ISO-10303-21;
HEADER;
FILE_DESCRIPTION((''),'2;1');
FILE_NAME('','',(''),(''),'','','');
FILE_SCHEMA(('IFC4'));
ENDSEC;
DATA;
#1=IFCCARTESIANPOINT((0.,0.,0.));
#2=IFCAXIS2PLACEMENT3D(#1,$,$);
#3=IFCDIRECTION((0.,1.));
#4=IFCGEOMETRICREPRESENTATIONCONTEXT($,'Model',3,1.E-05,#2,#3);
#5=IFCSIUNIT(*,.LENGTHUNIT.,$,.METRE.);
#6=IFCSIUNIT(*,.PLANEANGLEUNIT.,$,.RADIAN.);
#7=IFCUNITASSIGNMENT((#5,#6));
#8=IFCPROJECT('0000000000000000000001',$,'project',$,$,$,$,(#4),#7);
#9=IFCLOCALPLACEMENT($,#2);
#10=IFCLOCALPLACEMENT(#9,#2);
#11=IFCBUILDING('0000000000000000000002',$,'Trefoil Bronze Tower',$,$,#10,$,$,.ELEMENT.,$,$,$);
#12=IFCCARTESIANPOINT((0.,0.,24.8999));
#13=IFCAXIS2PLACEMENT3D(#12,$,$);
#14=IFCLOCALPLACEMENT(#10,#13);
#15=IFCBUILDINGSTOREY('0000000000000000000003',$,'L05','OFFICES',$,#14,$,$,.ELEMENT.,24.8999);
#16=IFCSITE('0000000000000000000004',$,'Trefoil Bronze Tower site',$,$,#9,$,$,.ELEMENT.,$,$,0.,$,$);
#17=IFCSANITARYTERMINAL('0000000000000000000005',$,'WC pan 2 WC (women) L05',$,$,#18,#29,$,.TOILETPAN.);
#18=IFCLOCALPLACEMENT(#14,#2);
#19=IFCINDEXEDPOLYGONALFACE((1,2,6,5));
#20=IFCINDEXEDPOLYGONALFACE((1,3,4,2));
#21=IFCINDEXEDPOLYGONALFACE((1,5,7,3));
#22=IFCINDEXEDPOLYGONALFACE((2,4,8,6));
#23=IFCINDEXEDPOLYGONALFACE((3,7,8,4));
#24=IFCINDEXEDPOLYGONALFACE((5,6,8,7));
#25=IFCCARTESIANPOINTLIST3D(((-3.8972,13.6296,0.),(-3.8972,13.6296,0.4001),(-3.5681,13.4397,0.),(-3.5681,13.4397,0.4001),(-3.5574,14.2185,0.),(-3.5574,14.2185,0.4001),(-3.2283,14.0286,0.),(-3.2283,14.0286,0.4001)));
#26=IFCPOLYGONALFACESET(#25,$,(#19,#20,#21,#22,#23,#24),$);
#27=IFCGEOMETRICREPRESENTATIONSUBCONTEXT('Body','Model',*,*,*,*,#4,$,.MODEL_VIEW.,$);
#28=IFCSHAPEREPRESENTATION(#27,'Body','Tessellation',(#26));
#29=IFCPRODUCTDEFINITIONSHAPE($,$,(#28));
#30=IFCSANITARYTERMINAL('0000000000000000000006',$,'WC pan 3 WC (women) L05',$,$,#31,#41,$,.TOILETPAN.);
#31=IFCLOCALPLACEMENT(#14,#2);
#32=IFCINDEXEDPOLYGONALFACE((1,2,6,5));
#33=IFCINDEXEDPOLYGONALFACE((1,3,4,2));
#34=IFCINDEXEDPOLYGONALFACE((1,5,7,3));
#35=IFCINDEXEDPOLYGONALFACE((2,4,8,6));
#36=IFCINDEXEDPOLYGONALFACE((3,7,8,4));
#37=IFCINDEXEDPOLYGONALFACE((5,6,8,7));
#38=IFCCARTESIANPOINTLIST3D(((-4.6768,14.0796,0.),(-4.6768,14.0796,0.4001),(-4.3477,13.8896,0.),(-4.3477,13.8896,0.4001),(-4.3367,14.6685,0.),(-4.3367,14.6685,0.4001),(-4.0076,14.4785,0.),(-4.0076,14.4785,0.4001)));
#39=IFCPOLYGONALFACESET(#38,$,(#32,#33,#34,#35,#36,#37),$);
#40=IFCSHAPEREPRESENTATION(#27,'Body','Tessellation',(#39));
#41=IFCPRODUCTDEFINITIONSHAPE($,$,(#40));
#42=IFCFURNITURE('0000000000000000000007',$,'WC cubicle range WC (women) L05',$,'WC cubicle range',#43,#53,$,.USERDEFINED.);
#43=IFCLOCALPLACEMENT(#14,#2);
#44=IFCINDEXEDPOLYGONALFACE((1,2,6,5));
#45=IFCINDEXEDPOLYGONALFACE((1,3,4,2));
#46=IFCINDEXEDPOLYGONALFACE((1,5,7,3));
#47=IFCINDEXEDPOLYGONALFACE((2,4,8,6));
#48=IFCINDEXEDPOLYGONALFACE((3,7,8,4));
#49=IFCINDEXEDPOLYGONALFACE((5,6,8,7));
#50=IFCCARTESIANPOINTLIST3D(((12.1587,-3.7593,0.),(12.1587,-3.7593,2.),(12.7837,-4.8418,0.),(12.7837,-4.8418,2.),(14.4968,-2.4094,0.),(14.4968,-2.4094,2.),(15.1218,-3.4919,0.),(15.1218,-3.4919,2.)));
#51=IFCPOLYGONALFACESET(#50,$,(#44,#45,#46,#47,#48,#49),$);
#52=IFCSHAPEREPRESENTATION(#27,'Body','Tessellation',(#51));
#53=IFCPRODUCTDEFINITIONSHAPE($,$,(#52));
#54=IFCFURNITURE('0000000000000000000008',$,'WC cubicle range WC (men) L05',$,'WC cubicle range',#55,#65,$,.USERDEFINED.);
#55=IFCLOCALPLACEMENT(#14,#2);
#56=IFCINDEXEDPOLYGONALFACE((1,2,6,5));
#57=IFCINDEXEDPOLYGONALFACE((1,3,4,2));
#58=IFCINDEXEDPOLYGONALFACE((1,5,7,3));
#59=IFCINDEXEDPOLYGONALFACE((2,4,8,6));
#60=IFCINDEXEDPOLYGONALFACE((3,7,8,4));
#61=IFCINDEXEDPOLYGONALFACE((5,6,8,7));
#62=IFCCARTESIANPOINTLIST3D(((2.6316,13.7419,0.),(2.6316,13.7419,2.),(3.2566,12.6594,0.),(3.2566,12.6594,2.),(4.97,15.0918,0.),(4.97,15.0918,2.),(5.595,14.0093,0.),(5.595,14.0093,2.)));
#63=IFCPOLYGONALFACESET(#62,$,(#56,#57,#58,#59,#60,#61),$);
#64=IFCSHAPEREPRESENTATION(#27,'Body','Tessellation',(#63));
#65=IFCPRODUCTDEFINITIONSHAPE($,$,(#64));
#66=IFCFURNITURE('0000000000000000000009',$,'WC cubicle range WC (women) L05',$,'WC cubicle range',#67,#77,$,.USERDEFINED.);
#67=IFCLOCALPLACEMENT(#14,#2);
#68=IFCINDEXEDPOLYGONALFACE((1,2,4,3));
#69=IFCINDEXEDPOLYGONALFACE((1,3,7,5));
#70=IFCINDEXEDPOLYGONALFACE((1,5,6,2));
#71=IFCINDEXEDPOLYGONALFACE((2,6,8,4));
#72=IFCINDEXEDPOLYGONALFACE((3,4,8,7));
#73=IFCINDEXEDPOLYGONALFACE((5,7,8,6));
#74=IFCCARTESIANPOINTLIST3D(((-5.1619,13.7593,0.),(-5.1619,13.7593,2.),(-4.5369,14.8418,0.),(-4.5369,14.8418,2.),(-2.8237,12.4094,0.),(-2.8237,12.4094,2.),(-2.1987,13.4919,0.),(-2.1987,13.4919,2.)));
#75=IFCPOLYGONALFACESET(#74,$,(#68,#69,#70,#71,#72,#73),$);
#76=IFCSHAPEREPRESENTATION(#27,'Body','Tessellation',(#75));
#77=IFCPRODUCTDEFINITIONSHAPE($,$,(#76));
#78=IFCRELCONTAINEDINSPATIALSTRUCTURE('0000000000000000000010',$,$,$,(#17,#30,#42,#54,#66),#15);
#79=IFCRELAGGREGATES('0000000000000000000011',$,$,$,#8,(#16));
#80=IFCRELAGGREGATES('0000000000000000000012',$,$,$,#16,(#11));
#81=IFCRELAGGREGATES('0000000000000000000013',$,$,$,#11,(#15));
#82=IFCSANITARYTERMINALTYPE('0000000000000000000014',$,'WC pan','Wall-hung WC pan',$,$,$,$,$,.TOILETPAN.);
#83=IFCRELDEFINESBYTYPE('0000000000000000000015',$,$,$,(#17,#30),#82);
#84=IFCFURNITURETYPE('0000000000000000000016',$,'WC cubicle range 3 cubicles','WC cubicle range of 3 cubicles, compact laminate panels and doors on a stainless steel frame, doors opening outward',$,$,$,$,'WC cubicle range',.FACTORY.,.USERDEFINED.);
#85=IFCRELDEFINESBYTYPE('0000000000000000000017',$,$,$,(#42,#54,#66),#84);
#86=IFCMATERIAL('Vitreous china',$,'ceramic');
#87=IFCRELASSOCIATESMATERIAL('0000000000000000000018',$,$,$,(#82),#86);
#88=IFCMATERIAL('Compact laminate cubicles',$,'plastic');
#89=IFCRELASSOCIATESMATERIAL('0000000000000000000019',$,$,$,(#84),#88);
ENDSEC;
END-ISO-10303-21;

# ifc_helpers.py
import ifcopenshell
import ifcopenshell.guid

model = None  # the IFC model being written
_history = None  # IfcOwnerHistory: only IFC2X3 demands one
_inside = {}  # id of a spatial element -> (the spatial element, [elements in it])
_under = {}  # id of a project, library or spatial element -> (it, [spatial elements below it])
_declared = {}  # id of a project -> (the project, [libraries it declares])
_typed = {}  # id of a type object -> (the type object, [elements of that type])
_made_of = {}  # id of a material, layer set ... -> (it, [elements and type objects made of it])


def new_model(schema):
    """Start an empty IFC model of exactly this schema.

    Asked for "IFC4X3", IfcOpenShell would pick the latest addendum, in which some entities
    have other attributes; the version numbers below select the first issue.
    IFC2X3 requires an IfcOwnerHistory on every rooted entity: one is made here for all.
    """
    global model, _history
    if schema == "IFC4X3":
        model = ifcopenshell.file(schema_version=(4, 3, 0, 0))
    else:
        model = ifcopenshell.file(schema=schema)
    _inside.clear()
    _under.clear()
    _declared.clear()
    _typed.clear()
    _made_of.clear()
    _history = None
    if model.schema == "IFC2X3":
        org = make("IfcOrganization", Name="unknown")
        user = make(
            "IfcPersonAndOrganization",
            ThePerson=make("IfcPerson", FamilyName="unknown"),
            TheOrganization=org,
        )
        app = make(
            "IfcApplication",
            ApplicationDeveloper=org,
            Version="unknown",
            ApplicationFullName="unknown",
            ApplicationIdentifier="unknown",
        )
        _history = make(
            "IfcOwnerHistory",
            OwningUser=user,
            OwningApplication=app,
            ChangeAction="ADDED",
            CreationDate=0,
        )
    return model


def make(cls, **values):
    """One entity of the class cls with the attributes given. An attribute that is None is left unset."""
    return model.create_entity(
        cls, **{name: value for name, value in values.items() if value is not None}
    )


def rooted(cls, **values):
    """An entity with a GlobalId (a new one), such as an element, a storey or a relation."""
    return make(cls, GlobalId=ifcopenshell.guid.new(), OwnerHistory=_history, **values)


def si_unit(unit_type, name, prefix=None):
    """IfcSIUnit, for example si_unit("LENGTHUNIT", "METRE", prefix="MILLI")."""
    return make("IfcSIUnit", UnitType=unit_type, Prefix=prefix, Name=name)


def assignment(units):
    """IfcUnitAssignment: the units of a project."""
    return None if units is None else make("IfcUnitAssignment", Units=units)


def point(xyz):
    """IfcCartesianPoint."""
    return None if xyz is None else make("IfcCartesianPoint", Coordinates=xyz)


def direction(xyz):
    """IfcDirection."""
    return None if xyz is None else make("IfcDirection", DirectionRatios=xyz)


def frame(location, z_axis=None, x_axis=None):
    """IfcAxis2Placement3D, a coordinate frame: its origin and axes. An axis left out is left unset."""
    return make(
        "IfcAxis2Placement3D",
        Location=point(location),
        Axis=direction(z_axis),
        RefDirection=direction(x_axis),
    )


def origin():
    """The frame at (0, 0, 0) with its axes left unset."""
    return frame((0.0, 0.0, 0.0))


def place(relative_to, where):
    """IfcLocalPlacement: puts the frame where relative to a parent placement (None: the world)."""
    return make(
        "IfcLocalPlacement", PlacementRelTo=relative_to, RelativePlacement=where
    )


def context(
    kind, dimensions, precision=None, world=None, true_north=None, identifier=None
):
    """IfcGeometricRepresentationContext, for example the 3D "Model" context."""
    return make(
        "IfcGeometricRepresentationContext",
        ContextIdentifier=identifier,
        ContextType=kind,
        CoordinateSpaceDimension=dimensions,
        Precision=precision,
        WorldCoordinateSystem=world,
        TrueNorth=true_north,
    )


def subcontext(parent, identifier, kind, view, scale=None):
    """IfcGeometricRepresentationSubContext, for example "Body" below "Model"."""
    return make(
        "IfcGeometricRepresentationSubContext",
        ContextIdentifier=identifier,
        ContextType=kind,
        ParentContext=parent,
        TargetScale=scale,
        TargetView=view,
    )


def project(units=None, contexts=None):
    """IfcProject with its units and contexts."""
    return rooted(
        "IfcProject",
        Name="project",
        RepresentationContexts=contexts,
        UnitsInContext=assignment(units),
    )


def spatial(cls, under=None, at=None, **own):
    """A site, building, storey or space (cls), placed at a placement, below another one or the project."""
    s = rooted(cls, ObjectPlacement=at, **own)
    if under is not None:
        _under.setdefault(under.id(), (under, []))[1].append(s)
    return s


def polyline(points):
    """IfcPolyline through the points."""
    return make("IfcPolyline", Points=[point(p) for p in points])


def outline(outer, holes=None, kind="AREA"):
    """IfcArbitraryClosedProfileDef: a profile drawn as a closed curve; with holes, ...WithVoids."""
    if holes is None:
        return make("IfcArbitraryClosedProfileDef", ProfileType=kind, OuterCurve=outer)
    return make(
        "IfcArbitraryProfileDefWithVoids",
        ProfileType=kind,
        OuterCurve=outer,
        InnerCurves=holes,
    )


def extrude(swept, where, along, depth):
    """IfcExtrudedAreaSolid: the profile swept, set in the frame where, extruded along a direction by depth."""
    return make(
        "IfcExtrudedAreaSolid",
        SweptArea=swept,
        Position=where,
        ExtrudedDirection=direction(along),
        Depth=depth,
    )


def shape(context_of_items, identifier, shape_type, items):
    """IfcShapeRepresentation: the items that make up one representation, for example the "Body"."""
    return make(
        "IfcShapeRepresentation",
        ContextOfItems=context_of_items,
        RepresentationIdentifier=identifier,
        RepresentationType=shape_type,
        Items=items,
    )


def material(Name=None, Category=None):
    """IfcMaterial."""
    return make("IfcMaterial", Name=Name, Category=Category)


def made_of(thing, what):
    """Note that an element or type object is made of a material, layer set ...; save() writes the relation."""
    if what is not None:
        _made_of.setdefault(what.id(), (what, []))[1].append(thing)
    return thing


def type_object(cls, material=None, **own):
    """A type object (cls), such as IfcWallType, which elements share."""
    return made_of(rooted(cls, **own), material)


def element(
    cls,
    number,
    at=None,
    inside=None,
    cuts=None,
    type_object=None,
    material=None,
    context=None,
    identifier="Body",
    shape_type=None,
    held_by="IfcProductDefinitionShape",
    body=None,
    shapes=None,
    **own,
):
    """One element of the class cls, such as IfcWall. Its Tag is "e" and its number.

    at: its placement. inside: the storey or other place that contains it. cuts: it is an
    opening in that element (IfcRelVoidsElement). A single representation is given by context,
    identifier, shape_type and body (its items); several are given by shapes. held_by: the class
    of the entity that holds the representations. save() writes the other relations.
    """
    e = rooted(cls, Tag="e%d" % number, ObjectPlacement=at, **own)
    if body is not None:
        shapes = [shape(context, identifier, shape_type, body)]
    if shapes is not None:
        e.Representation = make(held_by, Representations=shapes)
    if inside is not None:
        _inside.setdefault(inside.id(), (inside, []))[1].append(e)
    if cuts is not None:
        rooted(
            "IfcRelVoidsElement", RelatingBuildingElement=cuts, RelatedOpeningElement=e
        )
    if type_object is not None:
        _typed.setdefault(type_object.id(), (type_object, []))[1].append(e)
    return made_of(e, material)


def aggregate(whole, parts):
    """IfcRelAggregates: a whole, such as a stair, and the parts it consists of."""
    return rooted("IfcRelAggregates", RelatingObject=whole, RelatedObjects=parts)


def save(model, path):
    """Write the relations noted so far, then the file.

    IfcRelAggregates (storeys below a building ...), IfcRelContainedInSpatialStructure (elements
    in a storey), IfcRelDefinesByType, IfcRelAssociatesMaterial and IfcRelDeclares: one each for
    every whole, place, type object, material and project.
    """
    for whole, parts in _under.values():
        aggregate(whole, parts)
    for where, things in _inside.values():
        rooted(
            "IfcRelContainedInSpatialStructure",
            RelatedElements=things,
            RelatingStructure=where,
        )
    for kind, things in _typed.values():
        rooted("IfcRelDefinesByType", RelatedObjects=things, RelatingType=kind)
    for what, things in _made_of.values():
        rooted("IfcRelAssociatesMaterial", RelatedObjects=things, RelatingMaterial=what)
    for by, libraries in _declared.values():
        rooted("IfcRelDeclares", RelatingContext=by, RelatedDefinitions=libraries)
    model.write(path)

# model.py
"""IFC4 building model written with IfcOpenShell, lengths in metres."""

from ifc_helpers import new_model, si_unit, direction, frame, origin, place, context, subcontext, project, spatial, polyline, outline, extrude, material, type_object, element, save


model = new_model("IFC4")

# Units and contexts
model_context = context("Model", 3, precision=1e-05, world=origin(), true_north=direction((0.0, 1.0)))
body_context = subcontext(model_context, "Body", "Model", "MODEL_VIEW")
ifc_project = project(units=[si_unit("LENGTHUNIT", "METRE"), si_unit("PLANEANGLEUNIT", "RADIAN")], contexts=[model_context])

# Site, building, storey
site_placement = place(None, origin())
site = spatial("IfcSite", under=ifc_project, at=site_placement, Name="Trefoil Bronze Tower site", CompositionType="ELEMENT", RefElevation=0.0)
building_placement = place(site_placement, origin())
building = spatial("IfcBuilding", under=site, at=building_placement, Name="Trefoil Bronze Tower", CompositionType="ELEMENT")
storey_placement = place(building_placement, frame((0.0, 0.0, 24.8999)))
storey = spatial("IfcBuildingStorey", under=building, at=storey_placement, Name="L05", Description="OFFICES", CompositionType="ELEMENT", Elevation=24.8999)

# Sanitary terminals
ifc_material_1 = material(Name="Vitreous china", Category="ceramic")
sanitary_terminal_type_1 = type_object("IfcSanitaryTerminalType", Name="WC pan", Description="Wall-hung WC pan", PredefinedType="TOILETPAN", material=ifc_material_1)
sanitary_terminal_1_placement = place(storey_placement, origin())
element("IfcSanitaryTerminal", 1, at=sanitary_terminal_1_placement, inside=storey, type_object=sanitary_terminal_type_1, Name="WC pan 2 WC (women) L05", PredefinedType="TOILETPAN", context=body_context, shape_type="SweptSolid", body=[
    extrude(outline(polyline([(-3.5681, 13.4397), (-3.2283, 14.0286), (-3.5574, 14.2185), (-3.8972, 13.6296), (-3.5681, 13.4397)])), origin(), (0.0, 0.0, 1.0), 0.4001),
])
sanitary_terminal_2_placement = place(storey_placement, origin())
element("IfcSanitaryTerminal", 2, at=sanitary_terminal_2_placement, inside=storey, type_object=sanitary_terminal_type_1, Name="WC pan 3 WC (women) L05", PredefinedType="TOILETPAN", context=body_context, shape_type="SweptSolid", body=[
    extrude(outline(polyline([(-4.3477, 13.8896), (-4.0076, 14.4785), (-4.3367, 14.6685), (-4.6768, 14.0796), (-4.3477, 13.8896)])), origin(), (0.0, 0.0, 1.0), 0.4001),
])

# Furniture
ifc_material_2 = material(Name="Compact laminate cubicles", Category="plastic")
furniture_type = type_object("IfcFurnitureType", Name="WC cubicle range 3 cubicles", Description="WC cubicle range of 3 cubicles, compact laminate panels and doors on a stainless steel frame, doors opening outward", ElementType="WC cubicle range", AssemblyPlace="FACTORY", PredefinedType="USERDEFINED", material=ifc_material_2)
furniture_1_placement = place(storey_placement, origin())
element("IfcFurniture", 3, at=furniture_1_placement, inside=storey, type_object=furniture_type, Name="WC cubicle range WC (women) L05", ObjectType="WC cubicle range", PredefinedType="USERDEFINED", context=body_context, shape_type="SweptSolid", body=[
    extrude(outline(polyline([(12.1587, -3.7593), (12.7837, -4.8418), (15.1218, -3.4919), (14.4968, -2.4094), (12.1587, -3.7593)])), origin(), (0.0, 0.0, 1.0), 2.0),
])
furniture_2_placement = place(storey_placement, origin())
element("IfcFurniture", 4, at=furniture_2_placement, inside=storey, type_object=furniture_type, Name="WC cubicle range WC (men) L05", ObjectType="WC cubicle range", PredefinedType="USERDEFINED", context=body_context, shape_type="SweptSolid", body=[
    extrude(outline(polyline([(3.2566, 12.6594), (2.6316, 13.7419), (4.97, 15.0918), (5.595, 14.0093), (3.2566, 12.6594)])), origin(), (0.0, 0.0, 1.0), 2.0),
])
furniture_3_placement = place(storey_placement, origin())
element("IfcFurniture", 5, at=furniture_3_placement, inside=storey, type_object=furniture_type, Name="WC cubicle range WC (women) L05", ObjectType="WC cubicle range", PredefinedType="USERDEFINED", context=body_context, shape_type="SweptSolid", body=[
    extrude(outline(polyline([(-2.8237, 12.4094), (-2.1987, 13.4919), (-4.5369, 14.8418), (-5.1619, 13.7593), (-2.8237, 12.4094)])), origin(), (0.0, 0.0, 1.0), 2.0),
])

save(model, "model.ifc")
